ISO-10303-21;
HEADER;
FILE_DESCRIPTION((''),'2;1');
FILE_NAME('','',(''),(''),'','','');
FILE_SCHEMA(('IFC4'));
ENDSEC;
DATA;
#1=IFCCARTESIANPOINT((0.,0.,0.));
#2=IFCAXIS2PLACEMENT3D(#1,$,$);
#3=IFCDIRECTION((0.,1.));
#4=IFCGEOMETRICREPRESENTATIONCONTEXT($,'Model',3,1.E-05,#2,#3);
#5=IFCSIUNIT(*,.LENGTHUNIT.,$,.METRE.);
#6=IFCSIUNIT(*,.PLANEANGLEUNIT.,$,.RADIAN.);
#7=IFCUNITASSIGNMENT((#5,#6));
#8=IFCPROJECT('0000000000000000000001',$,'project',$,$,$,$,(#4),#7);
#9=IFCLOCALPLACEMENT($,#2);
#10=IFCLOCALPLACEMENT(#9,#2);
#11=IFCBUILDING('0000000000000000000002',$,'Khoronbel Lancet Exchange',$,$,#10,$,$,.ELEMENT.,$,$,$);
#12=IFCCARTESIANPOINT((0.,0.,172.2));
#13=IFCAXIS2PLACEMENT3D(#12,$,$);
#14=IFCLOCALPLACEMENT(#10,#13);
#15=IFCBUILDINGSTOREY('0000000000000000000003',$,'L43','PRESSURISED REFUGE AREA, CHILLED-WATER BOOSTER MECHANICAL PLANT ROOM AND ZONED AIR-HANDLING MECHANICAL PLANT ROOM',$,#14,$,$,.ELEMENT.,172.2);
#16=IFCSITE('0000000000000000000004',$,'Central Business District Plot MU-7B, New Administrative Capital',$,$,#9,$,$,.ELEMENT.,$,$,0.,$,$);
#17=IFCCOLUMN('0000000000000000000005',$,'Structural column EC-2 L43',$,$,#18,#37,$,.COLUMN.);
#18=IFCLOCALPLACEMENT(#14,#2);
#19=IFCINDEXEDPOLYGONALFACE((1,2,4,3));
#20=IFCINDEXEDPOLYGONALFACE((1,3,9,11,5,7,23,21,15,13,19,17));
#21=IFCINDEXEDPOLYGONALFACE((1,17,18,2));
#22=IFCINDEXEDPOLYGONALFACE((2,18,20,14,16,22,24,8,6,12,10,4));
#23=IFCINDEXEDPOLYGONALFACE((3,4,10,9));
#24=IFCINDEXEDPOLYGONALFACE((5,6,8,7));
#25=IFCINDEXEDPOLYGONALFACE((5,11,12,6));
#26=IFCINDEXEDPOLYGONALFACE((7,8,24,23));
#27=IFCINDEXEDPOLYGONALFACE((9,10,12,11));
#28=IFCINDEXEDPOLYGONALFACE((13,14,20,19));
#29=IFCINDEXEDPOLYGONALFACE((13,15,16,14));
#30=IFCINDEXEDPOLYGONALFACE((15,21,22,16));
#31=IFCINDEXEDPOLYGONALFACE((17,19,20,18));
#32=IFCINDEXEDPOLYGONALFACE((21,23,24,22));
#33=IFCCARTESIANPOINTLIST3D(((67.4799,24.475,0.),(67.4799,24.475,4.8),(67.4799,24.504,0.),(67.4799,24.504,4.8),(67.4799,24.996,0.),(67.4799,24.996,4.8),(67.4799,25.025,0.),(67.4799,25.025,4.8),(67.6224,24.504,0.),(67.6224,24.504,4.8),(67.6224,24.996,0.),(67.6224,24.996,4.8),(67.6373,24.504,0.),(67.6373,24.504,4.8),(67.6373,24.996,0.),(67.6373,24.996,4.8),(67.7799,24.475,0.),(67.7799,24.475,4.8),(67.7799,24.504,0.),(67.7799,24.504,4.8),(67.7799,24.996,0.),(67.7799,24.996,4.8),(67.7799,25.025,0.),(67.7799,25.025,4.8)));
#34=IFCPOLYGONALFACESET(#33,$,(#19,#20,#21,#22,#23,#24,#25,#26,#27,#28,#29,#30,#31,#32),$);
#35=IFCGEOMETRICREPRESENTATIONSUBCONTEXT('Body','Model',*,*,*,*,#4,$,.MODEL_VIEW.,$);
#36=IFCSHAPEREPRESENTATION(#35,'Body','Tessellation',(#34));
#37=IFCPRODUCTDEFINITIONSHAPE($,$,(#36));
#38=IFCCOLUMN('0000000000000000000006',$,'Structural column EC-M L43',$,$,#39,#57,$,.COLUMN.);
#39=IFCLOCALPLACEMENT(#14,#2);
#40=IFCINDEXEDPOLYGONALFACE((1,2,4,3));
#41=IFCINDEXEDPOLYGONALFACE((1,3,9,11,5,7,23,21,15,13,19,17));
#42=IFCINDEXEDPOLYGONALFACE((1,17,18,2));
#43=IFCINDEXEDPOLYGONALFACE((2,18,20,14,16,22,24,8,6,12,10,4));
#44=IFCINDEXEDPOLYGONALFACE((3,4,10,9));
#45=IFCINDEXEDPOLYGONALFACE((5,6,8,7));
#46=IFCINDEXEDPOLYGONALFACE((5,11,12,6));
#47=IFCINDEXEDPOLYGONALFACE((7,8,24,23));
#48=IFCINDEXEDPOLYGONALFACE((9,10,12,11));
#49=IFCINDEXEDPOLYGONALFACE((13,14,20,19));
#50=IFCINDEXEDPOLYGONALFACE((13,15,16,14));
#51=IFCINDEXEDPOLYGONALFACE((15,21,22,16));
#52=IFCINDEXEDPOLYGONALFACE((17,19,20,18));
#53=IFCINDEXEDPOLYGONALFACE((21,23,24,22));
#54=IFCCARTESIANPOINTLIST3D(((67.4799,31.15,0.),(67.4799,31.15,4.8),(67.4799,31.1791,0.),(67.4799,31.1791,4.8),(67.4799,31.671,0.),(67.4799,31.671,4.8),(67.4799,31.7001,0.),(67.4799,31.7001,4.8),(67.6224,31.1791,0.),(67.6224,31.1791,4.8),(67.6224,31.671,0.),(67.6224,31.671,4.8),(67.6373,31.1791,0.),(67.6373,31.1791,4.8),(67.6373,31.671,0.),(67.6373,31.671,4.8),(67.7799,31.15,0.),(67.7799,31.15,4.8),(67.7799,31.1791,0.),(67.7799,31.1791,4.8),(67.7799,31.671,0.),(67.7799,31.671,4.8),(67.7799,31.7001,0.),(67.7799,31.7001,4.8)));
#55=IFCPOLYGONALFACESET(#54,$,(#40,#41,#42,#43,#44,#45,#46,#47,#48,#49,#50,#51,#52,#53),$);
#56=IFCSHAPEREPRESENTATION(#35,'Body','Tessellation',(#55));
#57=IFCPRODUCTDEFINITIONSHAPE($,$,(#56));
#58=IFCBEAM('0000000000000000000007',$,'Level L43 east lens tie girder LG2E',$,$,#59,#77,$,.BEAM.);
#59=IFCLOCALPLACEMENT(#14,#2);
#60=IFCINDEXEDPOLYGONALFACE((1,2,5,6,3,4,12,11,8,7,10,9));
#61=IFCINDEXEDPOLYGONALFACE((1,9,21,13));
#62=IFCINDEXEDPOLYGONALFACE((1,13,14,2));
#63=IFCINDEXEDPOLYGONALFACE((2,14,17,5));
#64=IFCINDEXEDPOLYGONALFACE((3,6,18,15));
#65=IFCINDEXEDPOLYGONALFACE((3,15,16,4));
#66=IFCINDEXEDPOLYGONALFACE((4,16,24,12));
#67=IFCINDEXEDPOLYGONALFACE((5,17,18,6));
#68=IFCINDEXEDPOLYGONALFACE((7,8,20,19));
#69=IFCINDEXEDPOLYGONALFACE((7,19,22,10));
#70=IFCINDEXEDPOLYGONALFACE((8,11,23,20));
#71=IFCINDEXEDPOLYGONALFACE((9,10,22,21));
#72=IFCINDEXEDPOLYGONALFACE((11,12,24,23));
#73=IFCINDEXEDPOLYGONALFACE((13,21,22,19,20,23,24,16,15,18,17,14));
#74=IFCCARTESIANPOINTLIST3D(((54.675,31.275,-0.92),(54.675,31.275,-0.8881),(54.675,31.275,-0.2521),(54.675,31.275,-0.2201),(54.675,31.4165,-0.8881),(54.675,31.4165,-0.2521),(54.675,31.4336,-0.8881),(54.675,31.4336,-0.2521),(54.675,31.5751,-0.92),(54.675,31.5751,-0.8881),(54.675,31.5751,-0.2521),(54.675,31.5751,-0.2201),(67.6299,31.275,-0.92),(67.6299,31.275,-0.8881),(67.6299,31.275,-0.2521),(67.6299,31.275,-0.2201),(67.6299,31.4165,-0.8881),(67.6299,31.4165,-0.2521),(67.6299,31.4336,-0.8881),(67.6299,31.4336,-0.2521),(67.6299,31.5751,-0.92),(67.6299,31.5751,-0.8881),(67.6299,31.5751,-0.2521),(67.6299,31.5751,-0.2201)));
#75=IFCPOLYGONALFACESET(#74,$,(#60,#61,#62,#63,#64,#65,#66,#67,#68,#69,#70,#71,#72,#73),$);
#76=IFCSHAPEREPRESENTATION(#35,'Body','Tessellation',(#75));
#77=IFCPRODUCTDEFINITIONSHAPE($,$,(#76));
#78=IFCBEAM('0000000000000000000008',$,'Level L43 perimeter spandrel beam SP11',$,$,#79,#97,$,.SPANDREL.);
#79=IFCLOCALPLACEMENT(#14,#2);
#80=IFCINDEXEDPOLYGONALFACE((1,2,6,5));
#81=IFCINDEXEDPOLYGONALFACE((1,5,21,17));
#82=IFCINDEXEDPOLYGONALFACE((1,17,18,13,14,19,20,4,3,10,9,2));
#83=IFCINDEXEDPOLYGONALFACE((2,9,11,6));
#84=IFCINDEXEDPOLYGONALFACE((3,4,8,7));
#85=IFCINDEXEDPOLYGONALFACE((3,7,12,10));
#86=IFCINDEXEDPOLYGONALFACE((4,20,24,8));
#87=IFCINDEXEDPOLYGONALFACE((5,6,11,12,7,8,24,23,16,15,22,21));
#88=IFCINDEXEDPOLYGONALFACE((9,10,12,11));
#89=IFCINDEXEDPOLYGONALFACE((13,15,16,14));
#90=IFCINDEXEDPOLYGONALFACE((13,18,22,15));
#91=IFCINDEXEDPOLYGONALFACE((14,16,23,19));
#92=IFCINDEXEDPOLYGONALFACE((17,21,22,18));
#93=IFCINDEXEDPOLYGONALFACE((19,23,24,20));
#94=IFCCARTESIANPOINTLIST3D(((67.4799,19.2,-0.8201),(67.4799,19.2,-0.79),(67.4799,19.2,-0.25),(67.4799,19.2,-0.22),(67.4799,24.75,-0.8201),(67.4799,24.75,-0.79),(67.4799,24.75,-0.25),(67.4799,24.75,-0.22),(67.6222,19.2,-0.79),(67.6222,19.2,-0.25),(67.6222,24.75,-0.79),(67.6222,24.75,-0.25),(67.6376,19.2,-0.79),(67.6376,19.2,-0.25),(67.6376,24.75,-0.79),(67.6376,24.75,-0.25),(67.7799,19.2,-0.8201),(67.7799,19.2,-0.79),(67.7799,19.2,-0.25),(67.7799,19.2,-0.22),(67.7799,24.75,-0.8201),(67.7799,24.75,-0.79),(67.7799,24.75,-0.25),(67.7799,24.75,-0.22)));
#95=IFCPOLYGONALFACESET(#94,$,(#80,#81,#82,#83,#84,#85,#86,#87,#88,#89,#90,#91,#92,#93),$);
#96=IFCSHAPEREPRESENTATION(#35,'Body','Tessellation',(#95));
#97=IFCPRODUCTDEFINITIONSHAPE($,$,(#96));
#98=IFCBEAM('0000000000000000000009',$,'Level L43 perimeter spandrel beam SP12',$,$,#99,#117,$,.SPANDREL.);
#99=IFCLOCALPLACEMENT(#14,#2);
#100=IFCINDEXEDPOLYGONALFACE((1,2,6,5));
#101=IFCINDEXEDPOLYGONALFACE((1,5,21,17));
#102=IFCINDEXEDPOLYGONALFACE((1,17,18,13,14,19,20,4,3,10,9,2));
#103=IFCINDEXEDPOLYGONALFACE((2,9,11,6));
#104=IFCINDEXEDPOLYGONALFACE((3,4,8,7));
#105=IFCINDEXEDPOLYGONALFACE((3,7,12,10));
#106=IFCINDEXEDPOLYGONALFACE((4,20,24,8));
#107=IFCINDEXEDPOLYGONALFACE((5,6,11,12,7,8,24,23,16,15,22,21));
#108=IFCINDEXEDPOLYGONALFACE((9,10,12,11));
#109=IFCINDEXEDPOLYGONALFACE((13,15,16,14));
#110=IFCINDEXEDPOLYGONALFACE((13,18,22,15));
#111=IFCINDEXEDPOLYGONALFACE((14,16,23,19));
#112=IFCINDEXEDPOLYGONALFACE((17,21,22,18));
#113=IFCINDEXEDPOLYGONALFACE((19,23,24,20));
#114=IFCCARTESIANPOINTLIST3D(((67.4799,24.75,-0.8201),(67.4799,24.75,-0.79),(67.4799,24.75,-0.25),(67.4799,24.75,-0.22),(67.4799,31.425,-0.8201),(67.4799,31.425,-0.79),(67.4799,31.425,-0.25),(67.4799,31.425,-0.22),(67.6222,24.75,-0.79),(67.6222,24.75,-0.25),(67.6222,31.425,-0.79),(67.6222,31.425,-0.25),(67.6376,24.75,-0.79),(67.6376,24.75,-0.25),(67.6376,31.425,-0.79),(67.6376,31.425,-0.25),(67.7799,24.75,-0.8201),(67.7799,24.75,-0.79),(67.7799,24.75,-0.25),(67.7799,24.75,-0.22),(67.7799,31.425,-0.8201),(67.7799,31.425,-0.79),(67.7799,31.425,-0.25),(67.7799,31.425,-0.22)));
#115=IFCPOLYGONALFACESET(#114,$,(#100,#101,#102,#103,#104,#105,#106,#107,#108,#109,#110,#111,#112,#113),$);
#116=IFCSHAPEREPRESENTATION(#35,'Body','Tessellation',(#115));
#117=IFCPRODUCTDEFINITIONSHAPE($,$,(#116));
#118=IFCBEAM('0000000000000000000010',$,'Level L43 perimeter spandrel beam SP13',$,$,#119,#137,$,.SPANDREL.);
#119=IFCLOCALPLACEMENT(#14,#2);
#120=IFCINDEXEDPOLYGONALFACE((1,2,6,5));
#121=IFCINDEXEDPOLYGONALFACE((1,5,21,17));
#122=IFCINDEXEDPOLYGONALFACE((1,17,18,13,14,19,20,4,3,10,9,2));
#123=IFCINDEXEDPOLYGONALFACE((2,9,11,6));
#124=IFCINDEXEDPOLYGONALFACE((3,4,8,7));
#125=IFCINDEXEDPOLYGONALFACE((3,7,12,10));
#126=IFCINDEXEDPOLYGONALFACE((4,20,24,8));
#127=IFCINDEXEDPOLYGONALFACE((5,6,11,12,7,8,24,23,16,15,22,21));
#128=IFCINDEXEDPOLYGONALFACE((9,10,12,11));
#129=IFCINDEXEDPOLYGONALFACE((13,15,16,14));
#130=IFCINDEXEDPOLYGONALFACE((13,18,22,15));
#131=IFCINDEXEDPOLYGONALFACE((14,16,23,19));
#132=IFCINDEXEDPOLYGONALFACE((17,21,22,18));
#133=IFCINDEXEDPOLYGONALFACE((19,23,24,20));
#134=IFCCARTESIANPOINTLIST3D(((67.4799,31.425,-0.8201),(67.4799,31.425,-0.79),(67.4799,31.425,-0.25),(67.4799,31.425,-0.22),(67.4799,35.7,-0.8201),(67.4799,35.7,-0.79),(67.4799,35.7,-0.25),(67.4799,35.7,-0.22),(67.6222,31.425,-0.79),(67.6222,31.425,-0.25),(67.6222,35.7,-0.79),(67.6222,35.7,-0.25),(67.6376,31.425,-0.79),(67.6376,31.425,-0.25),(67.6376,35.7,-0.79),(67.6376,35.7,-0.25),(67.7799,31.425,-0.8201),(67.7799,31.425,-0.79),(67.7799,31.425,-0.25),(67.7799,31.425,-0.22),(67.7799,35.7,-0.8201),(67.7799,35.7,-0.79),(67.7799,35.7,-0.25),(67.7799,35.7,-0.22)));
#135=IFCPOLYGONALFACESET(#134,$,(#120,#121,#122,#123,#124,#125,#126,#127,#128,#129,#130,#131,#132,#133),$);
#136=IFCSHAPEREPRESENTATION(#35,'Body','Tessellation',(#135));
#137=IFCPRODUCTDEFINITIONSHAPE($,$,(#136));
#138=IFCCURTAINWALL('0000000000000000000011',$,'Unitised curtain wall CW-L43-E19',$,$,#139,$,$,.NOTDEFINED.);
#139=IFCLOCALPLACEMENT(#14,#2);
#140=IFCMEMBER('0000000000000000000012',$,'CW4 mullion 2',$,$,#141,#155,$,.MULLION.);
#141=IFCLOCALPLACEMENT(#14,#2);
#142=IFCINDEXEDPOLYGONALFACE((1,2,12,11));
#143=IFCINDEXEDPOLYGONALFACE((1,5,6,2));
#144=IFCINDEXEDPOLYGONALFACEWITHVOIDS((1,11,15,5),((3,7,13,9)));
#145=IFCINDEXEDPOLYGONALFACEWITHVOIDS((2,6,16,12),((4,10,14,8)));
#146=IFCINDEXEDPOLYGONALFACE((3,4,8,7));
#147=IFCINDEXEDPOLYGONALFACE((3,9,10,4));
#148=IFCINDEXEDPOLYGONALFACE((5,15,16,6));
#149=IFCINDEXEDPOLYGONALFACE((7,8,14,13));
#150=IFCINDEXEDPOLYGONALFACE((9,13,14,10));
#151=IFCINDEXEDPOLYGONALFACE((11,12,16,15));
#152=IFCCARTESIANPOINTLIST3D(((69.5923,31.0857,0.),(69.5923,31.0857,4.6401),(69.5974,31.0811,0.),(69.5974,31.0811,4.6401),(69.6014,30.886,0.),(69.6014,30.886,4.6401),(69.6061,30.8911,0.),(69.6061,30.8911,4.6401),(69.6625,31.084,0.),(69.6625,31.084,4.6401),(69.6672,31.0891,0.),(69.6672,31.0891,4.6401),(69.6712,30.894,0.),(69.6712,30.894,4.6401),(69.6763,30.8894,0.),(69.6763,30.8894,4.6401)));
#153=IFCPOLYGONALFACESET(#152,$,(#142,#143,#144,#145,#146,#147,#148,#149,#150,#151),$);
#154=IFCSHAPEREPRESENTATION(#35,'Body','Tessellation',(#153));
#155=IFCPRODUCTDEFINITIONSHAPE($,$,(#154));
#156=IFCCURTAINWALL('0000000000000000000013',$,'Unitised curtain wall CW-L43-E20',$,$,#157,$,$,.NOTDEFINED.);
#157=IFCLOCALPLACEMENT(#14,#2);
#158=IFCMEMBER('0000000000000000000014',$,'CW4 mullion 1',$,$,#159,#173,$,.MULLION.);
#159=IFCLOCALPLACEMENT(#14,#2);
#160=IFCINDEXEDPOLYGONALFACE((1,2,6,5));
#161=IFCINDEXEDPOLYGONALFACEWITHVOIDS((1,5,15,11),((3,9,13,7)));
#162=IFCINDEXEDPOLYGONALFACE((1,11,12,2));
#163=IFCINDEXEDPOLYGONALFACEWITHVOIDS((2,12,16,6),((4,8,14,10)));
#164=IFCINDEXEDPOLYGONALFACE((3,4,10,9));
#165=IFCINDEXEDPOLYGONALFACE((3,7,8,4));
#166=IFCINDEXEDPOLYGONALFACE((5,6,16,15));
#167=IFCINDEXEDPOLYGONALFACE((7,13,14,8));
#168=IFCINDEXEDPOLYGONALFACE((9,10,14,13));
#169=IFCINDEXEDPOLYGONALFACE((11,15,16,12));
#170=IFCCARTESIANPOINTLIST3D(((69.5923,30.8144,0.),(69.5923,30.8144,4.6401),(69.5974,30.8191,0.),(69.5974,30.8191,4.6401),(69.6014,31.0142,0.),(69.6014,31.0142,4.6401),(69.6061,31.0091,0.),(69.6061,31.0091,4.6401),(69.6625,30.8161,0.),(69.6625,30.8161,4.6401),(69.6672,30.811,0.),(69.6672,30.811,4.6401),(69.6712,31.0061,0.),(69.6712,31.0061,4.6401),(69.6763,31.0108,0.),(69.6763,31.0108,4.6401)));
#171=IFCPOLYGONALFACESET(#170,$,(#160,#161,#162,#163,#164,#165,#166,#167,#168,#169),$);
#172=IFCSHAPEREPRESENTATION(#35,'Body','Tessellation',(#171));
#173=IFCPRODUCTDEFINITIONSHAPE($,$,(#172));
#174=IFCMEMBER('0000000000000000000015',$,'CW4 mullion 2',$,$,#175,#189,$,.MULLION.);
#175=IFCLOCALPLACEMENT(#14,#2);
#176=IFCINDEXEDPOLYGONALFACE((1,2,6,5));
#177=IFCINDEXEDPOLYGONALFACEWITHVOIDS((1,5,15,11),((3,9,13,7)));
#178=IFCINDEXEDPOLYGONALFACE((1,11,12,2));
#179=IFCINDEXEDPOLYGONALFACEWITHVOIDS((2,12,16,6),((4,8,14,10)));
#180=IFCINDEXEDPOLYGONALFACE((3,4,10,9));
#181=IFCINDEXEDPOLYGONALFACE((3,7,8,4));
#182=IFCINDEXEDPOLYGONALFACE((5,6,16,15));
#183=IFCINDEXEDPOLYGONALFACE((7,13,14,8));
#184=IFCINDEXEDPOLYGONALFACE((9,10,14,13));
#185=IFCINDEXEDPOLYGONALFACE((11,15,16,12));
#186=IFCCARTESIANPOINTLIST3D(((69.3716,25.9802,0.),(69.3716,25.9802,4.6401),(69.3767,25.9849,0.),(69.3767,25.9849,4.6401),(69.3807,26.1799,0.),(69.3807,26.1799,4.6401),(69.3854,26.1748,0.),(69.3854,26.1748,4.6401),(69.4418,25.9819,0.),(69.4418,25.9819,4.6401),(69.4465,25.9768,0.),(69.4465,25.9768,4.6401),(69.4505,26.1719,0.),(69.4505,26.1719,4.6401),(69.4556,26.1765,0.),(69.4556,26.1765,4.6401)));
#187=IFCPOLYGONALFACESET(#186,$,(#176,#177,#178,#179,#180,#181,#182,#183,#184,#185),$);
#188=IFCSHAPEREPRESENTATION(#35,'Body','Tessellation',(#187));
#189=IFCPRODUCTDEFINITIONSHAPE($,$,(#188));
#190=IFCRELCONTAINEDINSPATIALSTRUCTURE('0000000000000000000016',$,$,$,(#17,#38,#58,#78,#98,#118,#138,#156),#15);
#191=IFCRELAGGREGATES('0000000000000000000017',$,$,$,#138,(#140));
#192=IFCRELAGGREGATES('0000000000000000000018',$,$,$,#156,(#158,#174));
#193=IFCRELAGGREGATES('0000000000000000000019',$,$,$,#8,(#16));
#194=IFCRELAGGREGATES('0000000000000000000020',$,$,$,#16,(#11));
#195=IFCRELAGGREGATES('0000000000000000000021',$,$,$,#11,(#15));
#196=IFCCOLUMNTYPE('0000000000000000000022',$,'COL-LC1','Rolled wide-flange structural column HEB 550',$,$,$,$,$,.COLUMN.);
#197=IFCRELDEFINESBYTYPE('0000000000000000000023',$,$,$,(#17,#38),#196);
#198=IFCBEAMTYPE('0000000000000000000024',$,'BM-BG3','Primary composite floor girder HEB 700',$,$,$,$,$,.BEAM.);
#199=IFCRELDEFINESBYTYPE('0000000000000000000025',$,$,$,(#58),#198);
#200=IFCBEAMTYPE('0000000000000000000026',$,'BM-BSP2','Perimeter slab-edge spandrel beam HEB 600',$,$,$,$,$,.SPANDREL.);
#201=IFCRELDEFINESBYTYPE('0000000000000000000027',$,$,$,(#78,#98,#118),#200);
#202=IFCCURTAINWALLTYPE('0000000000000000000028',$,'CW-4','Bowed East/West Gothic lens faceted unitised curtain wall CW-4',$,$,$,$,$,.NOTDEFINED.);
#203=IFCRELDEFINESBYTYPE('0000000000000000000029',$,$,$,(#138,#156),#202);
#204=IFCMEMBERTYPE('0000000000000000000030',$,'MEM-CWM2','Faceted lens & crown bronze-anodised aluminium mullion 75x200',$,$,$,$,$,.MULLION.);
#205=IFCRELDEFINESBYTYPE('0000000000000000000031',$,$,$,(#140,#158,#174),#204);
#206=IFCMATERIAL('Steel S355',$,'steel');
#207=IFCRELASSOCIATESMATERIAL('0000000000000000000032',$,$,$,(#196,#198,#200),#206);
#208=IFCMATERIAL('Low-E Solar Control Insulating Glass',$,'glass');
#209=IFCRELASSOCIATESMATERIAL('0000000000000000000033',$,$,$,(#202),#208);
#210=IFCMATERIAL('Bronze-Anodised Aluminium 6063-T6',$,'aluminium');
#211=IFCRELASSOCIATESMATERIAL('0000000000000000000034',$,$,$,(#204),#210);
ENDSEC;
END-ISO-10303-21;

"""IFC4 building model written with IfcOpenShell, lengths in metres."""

from ifc_helpers import new_model, si_unit, direction, frame, origin, origin_2d, place, context, subcontext, project, spatial, hollow_rectangle, i_section, extrude, material, material_profile, profile_set, type_object, element, aggregate, save


model = new_model("IFC4")

# Units and contexts
model_context = context("Model", 3, precision=1e-05, world=origin(), true_north=direction((0.0, 1.0)))
body_context = subcontext(model_context, "Body", "Model", "MODEL_VIEW")
ifc_project = project(units=[si_unit("LENGTHUNIT", "METRE"), si_unit("PLANEANGLEUNIT", "RADIAN")], contexts=[model_context])

# Site, building, storey
site_placement = place(None, origin())
site = spatial("IfcSite", under=ifc_project, at=site_placement, Name="Central Business District Plot MU-7B, New Administrative Capital", CompositionType="ELEMENT", RefElevation=0.0)
building_placement = place(site_placement, origin())
building = spatial("IfcBuilding", under=site, at=building_placement, Name="Khoronbel Lancet Exchange", CompositionType="ELEMENT")
storey_placement = place(building_placement, frame((0.0, 0.0, 172.2)))
storey = spatial("IfcBuildingStorey", under=building, at=storey_placement, Name="L43", Description="PRESSURISED REFUGE AREA, CHILLED-WATER BOOSTER MECHANICAL PLANT ROOM AND ZONED AIR-HANDLING MECHANICAL PLANT ROOM", CompositionType="ELEMENT", Elevation=172.2)

# Columns
ifc_material_1 = material(Name="Steel S355", Category="steel")
ifc_material_profile_1 = material_profile(ifc_material_1, i_section(OverallWidth=0.3, OverallDepth=0.55, WebThickness=0.0149, FlangeThickness=0.0291, at=origin_2d()), Name="HEB 550")
ifc_profile_set_1 = profile_set([ifc_material_profile_1], Name="Steel S355")
column_type = type_object("IfcColumnType", Name="COL-LC1", Description="Rolled wide-flange structural column HEB 550", PredefinedType="COLUMN", material=ifc_profile_set_1)
for number, where, z_axis, x_axis, name in (
    (1, (67.6299, 24.75, 0.0), (0.0, 0.0, 1.0), (1.0, 0.0, 0.0), "Structural column EC-2 L43"),
    (2, (67.6299, 31.425, 0.0), (0.0, 0.0, 1.0), (1.0, 0.0, 0.0), "Structural column EC-M L43"),
):
    element("IfcColumn", number, at=place(storey_placement, frame(where, z_axis=z_axis, x_axis=x_axis)), inside=storey, type_object=column_type, Name=name, PredefinedType="COLUMN", context=body_context, shape_type="SweptSolid", body=[
        extrude(i_section(OverallWidth=0.3, OverallDepth=0.55, WebThickness=0.0149, FlangeThickness=0.0291, at=origin_2d()), origin(), (0.0, 0.0, 1.0), 4.8),
    ])

# Beams
ifc_material_profile_2 = material_profile(ifc_material_1, i_section(OverallWidth=0.3, OverallDepth=0.7, WebThickness=0.0171, FlangeThickness=0.032, at=origin_2d()), Name="HEB 700")
ifc_profile_set_2 = profile_set([ifc_material_profile_2], Name="Steel S355")
beam_type_1 = type_object("IfcBeamType", Name="BM-BG3", Description="Primary composite floor girder HEB 700", PredefinedType="BEAM", material=ifc_profile_set_2)
beam_1_placement = place(storey_placement, frame((54.675, 31.425, -0.5701), z_axis=(1.0, 0.0, 0.0), x_axis=(0.0, 1.0, 0.0)))
element("IfcBeam", 3, at=beam_1_placement, inside=storey, type_object=beam_type_1, Name="Level L43 east lens tie girder LG2E", PredefinedType="BEAM", context=body_context, shape_type="SweptSolid", body=[
    extrude(i_section(OverallWidth=0.3, OverallDepth=0.7, WebThickness=0.0171, FlangeThickness=0.032, at=origin_2d()), origin(), (0.0, 0.0, 1.0), 12.9548),
])
ifc_material_profile_3 = material_profile(ifc_material_1, i_section(OverallWidth=0.3, OverallDepth=0.6001, WebThickness=0.0154, FlangeThickness=0.03, at=origin_2d()), Name="HEB 600")
ifc_profile_set_3 = profile_set([ifc_material_profile_3], Name="Steel S355")
beam_type_2 = type_object("IfcBeamType", Name="BM-BSP2", Description="Perimeter slab-edge spandrel beam HEB 600", PredefinedType="SPANDREL", material=ifc_profile_set_3)
beam_2_placement = place(storey_placement, frame((67.6299, 19.2, -0.52), z_axis=(0.0, 1.0, 0.0), x_axis=(-1.0, 0.0, 0.0)))
element("IfcBeam", 4, at=beam_2_placement, inside=storey, type_object=beam_type_2, Name="Level L43 perimeter spandrel beam SP11", PredefinedType="SPANDREL", context=body_context, shape_type="SweptSolid", body=[
    extrude(i_section(OverallWidth=0.3, OverallDepth=0.6001, WebThickness=0.0154, FlangeThickness=0.03, at=origin_2d()), origin(), (0.0, 0.0, 1.0), 5.55),
])
beam_3_placement = place(storey_placement, frame((67.6299, 24.75, -0.52), z_axis=(0.0, 1.0, 0.0), x_axis=(-1.0, 0.0, 0.0)))
element("IfcBeam", 5, at=beam_3_placement, inside=storey, type_object=beam_type_2, Name="Level L43 perimeter spandrel beam SP12", PredefinedType="SPANDREL", context=body_context, shape_type="SweptSolid", body=[
    extrude(i_section(OverallWidth=0.3, OverallDepth=0.6001, WebThickness=0.0154, FlangeThickness=0.03, at=origin_2d()), origin(), (0.0, 0.0, 1.0), 6.675),
])
beam_4_placement = place(storey_placement, frame((67.6299, 31.425, -0.52), z_axis=(0.0, 1.0, 0.0), x_axis=(-1.0, 0.0, 0.0)))
element("IfcBeam", 6, at=beam_4_placement, inside=storey, type_object=beam_type_2, Name="Level L43 perimeter spandrel beam SP13", PredefinedType="SPANDREL", context=body_context, shape_type="SweptSolid", body=[
    extrude(i_section(OverallWidth=0.3, OverallDepth=0.6001, WebThickness=0.0154, FlangeThickness=0.03, at=origin_2d()), origin(), (0.0, 0.0, 1.0), 4.2749),
])

# Curtain wall, member
ifc_material_2 = material(Name="Low-E Solar Control Insulating Glass", Category="glass")
curtain_wall_type = type_object("IfcCurtainWallType", Name="CW-4", Description="Bowed East/West Gothic lens faceted unitised curtain wall CW-4", PredefinedType="NOTDEFINED", material=ifc_material_2)
curtain_wall_1_placement = place(storey_placement, origin())
curtain_wall_1 = element("IfcCurtainWall", 7, at=curtain_wall_1_placement, inside=storey, type_object=curtain_wall_type, Name="Unitised curtain wall CW-L43-E19", PredefinedType="NOTDEFINED")
ifc_material_3 = material(Name="Bronze-Anodised Aluminium 6063-T6", Category="aluminium")
ifc_material_profile_4 = material_profile(ifc_material_3, hollow_rectangle(XDim=0.075, YDim=0.2, WallThickness=0.0049, at=origin_2d()), Name="ALU MULLION 75x200")
ifc_profile_set_4 = profile_set([ifc_material_profile_4], Name="Bronze-Anodised Aluminium 6063-T6")
member_type_1 = type_object("IfcMemberType", Name="MEM-CWM2", Description="Faceted lens & crown bronze-anodised aluminium mullion 75x200", PredefinedType="MULLION", material=ifc_profile_set_4)
member_1_placement = place(storey_placement, frame((69.6343, 30.9875, 0.0), z_axis=(0.0, 0.0, 1.0), x_axis=(0.99896, 0.045602, 0.0)))
member_1 = element("IfcMember", 8, at=member_1_placement, type_object=member_type_1, Name="CW4 mullion 2", PredefinedType="MULLION", context=body_context, shape_type="SweptSolid", body=[
    extrude(hollow_rectangle(XDim=0.075, YDim=0.2, WallThickness=0.0049, at=origin_2d()), origin(), (0.0, 0.0, 1.0), 4.6401),
])

# Curtain wall, members
curtain_wall_2_placement = place(storey_placement, origin())
curtain_wall_2 = element("IfcCurtainWall", 9, at=curtain_wall_2_placement, inside=storey, type_object=curtain_wall_type, Name="Unitised curtain wall CW-L43-E20", PredefinedType="NOTDEFINED")
member_2_placement = place(storey_placement, frame((69.6343, 30.9126, 0.0), z_axis=(0.0, 0.0, 1.0), x_axis=(0.99896, -0.045602, 0.0)))
member_2 = element("IfcMember", 10, at=member_2_placement, type_object=member_type_1, Name="CW4 mullion 1", PredefinedType="MULLION", context=body_context, shape_type="SweptSolid", body=[
    extrude(hollow_rectangle(XDim=0.075, YDim=0.2, WallThickness=0.0049, at=origin_2d()), origin(), (0.0, 0.0, 1.0), 4.6401),
])
member_3_placement = place(storey_placement, frame((69.4136, 26.0784, 0.0), z_axis=(0.0, 0.0, 1.0), x_axis=(0.99896, -0.045602, 0.0)))
member_3 = element("IfcMember", 11, at=member_3_placement, type_object=member_type_1, Name="CW4 mullion 2", PredefinedType="MULLION", context=body_context, shape_type="SweptSolid", body=[
    extrude(hollow_rectangle(XDim=0.075, YDim=0.2, WallThickness=0.0049, at=origin_2d()), origin(), (0.0, 0.0, 1.0), 4.6401),
])

aggregate(curtain_wall_1, [member_1])
aggregate(curtain_wall_2, [member_2, member_3])

save(model, "model.ifc")
